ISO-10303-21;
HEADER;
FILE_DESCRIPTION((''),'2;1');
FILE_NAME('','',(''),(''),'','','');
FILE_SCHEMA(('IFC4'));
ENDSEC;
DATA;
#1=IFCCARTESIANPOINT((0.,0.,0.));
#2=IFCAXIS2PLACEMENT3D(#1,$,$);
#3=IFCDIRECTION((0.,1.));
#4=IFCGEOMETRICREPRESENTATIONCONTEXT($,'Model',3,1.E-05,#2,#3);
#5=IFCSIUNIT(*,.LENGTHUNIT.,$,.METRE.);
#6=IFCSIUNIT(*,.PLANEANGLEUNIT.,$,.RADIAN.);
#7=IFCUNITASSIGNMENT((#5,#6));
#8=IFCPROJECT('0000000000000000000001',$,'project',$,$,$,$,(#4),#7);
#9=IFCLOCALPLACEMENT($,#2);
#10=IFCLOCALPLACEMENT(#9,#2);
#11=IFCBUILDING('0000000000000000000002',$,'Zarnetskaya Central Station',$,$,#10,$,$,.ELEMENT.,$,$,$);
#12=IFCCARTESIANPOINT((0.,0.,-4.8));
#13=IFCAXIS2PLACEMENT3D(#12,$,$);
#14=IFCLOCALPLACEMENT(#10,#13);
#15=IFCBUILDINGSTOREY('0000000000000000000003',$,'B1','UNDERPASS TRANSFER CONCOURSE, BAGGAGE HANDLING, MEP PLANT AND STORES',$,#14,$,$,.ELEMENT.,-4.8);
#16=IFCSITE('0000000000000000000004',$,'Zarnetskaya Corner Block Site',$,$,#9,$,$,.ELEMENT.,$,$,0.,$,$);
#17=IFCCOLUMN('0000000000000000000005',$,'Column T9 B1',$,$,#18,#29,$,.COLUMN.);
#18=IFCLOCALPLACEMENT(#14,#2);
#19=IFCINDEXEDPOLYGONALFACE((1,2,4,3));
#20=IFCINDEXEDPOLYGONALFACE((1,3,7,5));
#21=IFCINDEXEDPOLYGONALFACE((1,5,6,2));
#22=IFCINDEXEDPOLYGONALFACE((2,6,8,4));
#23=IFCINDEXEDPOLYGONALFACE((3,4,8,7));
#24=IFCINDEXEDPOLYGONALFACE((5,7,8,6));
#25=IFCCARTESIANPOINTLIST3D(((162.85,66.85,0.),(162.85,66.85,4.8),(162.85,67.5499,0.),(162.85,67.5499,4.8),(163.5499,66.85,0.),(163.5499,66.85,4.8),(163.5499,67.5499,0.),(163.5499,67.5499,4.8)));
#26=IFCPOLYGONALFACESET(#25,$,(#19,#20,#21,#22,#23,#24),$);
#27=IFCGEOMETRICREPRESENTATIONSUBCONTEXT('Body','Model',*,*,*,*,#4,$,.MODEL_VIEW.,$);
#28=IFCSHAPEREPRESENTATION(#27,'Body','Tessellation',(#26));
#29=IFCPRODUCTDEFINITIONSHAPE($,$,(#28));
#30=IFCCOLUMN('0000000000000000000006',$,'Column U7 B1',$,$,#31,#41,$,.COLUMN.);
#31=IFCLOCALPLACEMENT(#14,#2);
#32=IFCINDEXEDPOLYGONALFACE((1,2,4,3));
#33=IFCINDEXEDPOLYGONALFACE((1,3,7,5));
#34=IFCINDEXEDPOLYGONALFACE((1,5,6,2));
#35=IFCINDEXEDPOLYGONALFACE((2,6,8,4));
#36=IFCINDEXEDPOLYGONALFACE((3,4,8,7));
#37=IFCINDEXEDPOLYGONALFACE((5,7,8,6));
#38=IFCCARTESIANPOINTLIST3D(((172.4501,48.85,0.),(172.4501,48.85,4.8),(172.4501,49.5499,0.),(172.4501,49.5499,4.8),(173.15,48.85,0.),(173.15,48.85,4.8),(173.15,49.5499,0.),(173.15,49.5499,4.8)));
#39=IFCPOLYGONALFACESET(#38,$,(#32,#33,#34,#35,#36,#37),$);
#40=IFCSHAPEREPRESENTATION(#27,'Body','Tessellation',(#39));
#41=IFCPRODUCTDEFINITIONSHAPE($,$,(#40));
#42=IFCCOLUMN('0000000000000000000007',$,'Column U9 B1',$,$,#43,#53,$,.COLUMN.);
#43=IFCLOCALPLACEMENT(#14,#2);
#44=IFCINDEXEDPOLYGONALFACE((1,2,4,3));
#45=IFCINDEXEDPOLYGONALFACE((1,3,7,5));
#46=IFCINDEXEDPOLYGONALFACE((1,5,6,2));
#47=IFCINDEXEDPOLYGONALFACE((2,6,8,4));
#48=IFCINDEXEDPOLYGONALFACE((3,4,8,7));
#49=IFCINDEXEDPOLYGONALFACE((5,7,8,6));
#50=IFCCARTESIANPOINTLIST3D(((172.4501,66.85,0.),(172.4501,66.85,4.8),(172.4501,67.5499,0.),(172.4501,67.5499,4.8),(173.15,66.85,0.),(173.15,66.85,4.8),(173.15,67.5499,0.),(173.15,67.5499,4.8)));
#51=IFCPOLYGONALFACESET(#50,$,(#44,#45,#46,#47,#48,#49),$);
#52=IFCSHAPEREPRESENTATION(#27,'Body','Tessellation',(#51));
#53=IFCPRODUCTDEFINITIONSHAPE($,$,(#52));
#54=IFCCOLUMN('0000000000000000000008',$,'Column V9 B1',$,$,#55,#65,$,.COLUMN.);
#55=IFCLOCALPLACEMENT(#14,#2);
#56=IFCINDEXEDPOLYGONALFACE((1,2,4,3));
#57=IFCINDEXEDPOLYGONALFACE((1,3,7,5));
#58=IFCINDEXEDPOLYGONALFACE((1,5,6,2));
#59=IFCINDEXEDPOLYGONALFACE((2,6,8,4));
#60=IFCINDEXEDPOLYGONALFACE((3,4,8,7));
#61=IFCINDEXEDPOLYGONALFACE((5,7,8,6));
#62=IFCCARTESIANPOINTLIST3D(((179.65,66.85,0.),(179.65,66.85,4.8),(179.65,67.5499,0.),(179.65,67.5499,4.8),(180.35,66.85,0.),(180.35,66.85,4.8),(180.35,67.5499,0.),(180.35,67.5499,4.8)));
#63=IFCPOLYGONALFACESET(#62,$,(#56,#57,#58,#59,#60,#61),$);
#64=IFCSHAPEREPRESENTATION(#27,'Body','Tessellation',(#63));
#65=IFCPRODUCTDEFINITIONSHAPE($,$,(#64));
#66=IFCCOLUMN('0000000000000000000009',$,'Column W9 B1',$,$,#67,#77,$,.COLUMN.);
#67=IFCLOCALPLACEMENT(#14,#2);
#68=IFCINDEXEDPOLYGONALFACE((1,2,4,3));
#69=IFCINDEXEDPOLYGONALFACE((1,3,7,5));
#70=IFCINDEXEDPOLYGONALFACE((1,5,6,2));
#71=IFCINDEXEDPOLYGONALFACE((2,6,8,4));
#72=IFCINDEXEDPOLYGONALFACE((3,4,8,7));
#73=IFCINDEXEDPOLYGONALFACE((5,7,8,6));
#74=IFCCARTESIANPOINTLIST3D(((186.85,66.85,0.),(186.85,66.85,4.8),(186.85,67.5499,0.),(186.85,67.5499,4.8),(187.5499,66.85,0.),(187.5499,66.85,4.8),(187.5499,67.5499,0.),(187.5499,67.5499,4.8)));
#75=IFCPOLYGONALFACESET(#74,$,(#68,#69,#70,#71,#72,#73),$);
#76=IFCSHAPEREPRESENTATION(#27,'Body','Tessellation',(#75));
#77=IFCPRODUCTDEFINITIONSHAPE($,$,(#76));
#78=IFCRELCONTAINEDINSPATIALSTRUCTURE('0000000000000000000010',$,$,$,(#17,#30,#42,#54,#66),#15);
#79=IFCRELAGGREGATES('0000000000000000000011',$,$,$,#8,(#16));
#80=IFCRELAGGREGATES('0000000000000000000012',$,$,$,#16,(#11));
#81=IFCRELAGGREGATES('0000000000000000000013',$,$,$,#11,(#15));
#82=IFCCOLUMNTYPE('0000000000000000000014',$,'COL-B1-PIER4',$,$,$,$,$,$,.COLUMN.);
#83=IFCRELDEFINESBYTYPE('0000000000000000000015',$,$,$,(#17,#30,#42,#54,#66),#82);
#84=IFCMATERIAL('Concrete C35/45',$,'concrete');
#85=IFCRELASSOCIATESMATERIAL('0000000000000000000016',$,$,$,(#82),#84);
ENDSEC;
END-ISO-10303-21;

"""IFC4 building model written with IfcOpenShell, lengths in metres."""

from ifc_helpers import new_model, si_unit, direction, frame, origin, origin_2d, place, context, subcontext, project, spatial, rectangle, extrude, material, material_profile, profile_set, type_object, element, save


model = new_model("IFC4")

# Units and contexts
model_context = context("Model", 3, precision=1e-05, world=origin(), true_north=direction((0.0, 1.0)))
body_context = subcontext(model_context, "Body", "Model", "MODEL_VIEW")
ifc_project = project(units=[si_unit("LENGTHUNIT", "METRE"), si_unit("PLANEANGLEUNIT", "RADIAN")], contexts=[model_context])

# Site, building, storey
site_placement = place(None, origin())
site = spatial("IfcSite", under=ifc_project, at=site_placement, Name="Zarnetskaya Corner Block Site", CompositionType="ELEMENT", RefElevation=0.0)
building_placement = place(site_placement, origin())
building = spatial("IfcBuilding", under=site, at=building_placement, Name="Zarnetskaya Central Station", CompositionType="ELEMENT")
storey_placement = place(building_placement, frame((0.0, 0.0, -4.8)))
storey = spatial("IfcBuildingStorey", under=building, at=storey_placement, Name="B1", Description="UNDERPASS TRANSFER CONCOURSE, BAGGAGE HANDLING, MEP PLANT AND STORES", CompositionType="ELEMENT", Elevation=-4.8)

# Shared definitions
ifc_material = material(Name="Concrete C35/45", Category="concrete")

# Columns
ifc_material_profile_1 = material_profile(ifc_material, rectangle(XDim=0.7, YDim=0.7, at=origin_2d()), Name="RC 700x700")
ifc_profile_set_1 = profile_set([ifc_material_profile_1], Name="Concrete C35/45")
column_type = type_object("IfcColumnType", Name="COL-B1-PIER4", PredefinedType="COLUMN", material=ifc_profile_set_1)
for number, where, z_axis, x_axis, name in (
    (1, (163.2, 67.2, 0.0), (0.0, 0.0, 1.0), (1.0, 0.0, 0.0), "Column T9 B1"),
    (2, (172.8, 49.2, 0.0), (0.0, 0.0, 1.0), (1.0, 0.0, 0.0), "Column U7 B1"),
    (3, (172.8, 67.2, 0.0), (0.0, 0.0, 1.0), (1.0, 0.0, 0.0), "Column U9 B1"),
    (4, (180.0, 67.2, 0.0), (0.0, 0.0, 1.0), (1.0, 0.0, 0.0), "Column V9 B1"),
    (5, (187.2, 67.2, 0.0), (0.0, 0.0, 1.0), (1.0, 0.0, 0.0), "Column W9 B1"),
):
    element("IfcColumn", number, at=place(storey_placement, frame(where, z_axis=z_axis, x_axis=x_axis)), inside=storey, type_object=column_type, Name=name, PredefinedType="COLUMN", context=body_context, shape_type="SweptSolid", body=[
        extrude(rectangle(XDim=0.7, YDim=0.7, at=origin_2d()), origin(), (0.0, 0.0, 1.0), 4.8),
    ])

save(model, "model.ifc")
